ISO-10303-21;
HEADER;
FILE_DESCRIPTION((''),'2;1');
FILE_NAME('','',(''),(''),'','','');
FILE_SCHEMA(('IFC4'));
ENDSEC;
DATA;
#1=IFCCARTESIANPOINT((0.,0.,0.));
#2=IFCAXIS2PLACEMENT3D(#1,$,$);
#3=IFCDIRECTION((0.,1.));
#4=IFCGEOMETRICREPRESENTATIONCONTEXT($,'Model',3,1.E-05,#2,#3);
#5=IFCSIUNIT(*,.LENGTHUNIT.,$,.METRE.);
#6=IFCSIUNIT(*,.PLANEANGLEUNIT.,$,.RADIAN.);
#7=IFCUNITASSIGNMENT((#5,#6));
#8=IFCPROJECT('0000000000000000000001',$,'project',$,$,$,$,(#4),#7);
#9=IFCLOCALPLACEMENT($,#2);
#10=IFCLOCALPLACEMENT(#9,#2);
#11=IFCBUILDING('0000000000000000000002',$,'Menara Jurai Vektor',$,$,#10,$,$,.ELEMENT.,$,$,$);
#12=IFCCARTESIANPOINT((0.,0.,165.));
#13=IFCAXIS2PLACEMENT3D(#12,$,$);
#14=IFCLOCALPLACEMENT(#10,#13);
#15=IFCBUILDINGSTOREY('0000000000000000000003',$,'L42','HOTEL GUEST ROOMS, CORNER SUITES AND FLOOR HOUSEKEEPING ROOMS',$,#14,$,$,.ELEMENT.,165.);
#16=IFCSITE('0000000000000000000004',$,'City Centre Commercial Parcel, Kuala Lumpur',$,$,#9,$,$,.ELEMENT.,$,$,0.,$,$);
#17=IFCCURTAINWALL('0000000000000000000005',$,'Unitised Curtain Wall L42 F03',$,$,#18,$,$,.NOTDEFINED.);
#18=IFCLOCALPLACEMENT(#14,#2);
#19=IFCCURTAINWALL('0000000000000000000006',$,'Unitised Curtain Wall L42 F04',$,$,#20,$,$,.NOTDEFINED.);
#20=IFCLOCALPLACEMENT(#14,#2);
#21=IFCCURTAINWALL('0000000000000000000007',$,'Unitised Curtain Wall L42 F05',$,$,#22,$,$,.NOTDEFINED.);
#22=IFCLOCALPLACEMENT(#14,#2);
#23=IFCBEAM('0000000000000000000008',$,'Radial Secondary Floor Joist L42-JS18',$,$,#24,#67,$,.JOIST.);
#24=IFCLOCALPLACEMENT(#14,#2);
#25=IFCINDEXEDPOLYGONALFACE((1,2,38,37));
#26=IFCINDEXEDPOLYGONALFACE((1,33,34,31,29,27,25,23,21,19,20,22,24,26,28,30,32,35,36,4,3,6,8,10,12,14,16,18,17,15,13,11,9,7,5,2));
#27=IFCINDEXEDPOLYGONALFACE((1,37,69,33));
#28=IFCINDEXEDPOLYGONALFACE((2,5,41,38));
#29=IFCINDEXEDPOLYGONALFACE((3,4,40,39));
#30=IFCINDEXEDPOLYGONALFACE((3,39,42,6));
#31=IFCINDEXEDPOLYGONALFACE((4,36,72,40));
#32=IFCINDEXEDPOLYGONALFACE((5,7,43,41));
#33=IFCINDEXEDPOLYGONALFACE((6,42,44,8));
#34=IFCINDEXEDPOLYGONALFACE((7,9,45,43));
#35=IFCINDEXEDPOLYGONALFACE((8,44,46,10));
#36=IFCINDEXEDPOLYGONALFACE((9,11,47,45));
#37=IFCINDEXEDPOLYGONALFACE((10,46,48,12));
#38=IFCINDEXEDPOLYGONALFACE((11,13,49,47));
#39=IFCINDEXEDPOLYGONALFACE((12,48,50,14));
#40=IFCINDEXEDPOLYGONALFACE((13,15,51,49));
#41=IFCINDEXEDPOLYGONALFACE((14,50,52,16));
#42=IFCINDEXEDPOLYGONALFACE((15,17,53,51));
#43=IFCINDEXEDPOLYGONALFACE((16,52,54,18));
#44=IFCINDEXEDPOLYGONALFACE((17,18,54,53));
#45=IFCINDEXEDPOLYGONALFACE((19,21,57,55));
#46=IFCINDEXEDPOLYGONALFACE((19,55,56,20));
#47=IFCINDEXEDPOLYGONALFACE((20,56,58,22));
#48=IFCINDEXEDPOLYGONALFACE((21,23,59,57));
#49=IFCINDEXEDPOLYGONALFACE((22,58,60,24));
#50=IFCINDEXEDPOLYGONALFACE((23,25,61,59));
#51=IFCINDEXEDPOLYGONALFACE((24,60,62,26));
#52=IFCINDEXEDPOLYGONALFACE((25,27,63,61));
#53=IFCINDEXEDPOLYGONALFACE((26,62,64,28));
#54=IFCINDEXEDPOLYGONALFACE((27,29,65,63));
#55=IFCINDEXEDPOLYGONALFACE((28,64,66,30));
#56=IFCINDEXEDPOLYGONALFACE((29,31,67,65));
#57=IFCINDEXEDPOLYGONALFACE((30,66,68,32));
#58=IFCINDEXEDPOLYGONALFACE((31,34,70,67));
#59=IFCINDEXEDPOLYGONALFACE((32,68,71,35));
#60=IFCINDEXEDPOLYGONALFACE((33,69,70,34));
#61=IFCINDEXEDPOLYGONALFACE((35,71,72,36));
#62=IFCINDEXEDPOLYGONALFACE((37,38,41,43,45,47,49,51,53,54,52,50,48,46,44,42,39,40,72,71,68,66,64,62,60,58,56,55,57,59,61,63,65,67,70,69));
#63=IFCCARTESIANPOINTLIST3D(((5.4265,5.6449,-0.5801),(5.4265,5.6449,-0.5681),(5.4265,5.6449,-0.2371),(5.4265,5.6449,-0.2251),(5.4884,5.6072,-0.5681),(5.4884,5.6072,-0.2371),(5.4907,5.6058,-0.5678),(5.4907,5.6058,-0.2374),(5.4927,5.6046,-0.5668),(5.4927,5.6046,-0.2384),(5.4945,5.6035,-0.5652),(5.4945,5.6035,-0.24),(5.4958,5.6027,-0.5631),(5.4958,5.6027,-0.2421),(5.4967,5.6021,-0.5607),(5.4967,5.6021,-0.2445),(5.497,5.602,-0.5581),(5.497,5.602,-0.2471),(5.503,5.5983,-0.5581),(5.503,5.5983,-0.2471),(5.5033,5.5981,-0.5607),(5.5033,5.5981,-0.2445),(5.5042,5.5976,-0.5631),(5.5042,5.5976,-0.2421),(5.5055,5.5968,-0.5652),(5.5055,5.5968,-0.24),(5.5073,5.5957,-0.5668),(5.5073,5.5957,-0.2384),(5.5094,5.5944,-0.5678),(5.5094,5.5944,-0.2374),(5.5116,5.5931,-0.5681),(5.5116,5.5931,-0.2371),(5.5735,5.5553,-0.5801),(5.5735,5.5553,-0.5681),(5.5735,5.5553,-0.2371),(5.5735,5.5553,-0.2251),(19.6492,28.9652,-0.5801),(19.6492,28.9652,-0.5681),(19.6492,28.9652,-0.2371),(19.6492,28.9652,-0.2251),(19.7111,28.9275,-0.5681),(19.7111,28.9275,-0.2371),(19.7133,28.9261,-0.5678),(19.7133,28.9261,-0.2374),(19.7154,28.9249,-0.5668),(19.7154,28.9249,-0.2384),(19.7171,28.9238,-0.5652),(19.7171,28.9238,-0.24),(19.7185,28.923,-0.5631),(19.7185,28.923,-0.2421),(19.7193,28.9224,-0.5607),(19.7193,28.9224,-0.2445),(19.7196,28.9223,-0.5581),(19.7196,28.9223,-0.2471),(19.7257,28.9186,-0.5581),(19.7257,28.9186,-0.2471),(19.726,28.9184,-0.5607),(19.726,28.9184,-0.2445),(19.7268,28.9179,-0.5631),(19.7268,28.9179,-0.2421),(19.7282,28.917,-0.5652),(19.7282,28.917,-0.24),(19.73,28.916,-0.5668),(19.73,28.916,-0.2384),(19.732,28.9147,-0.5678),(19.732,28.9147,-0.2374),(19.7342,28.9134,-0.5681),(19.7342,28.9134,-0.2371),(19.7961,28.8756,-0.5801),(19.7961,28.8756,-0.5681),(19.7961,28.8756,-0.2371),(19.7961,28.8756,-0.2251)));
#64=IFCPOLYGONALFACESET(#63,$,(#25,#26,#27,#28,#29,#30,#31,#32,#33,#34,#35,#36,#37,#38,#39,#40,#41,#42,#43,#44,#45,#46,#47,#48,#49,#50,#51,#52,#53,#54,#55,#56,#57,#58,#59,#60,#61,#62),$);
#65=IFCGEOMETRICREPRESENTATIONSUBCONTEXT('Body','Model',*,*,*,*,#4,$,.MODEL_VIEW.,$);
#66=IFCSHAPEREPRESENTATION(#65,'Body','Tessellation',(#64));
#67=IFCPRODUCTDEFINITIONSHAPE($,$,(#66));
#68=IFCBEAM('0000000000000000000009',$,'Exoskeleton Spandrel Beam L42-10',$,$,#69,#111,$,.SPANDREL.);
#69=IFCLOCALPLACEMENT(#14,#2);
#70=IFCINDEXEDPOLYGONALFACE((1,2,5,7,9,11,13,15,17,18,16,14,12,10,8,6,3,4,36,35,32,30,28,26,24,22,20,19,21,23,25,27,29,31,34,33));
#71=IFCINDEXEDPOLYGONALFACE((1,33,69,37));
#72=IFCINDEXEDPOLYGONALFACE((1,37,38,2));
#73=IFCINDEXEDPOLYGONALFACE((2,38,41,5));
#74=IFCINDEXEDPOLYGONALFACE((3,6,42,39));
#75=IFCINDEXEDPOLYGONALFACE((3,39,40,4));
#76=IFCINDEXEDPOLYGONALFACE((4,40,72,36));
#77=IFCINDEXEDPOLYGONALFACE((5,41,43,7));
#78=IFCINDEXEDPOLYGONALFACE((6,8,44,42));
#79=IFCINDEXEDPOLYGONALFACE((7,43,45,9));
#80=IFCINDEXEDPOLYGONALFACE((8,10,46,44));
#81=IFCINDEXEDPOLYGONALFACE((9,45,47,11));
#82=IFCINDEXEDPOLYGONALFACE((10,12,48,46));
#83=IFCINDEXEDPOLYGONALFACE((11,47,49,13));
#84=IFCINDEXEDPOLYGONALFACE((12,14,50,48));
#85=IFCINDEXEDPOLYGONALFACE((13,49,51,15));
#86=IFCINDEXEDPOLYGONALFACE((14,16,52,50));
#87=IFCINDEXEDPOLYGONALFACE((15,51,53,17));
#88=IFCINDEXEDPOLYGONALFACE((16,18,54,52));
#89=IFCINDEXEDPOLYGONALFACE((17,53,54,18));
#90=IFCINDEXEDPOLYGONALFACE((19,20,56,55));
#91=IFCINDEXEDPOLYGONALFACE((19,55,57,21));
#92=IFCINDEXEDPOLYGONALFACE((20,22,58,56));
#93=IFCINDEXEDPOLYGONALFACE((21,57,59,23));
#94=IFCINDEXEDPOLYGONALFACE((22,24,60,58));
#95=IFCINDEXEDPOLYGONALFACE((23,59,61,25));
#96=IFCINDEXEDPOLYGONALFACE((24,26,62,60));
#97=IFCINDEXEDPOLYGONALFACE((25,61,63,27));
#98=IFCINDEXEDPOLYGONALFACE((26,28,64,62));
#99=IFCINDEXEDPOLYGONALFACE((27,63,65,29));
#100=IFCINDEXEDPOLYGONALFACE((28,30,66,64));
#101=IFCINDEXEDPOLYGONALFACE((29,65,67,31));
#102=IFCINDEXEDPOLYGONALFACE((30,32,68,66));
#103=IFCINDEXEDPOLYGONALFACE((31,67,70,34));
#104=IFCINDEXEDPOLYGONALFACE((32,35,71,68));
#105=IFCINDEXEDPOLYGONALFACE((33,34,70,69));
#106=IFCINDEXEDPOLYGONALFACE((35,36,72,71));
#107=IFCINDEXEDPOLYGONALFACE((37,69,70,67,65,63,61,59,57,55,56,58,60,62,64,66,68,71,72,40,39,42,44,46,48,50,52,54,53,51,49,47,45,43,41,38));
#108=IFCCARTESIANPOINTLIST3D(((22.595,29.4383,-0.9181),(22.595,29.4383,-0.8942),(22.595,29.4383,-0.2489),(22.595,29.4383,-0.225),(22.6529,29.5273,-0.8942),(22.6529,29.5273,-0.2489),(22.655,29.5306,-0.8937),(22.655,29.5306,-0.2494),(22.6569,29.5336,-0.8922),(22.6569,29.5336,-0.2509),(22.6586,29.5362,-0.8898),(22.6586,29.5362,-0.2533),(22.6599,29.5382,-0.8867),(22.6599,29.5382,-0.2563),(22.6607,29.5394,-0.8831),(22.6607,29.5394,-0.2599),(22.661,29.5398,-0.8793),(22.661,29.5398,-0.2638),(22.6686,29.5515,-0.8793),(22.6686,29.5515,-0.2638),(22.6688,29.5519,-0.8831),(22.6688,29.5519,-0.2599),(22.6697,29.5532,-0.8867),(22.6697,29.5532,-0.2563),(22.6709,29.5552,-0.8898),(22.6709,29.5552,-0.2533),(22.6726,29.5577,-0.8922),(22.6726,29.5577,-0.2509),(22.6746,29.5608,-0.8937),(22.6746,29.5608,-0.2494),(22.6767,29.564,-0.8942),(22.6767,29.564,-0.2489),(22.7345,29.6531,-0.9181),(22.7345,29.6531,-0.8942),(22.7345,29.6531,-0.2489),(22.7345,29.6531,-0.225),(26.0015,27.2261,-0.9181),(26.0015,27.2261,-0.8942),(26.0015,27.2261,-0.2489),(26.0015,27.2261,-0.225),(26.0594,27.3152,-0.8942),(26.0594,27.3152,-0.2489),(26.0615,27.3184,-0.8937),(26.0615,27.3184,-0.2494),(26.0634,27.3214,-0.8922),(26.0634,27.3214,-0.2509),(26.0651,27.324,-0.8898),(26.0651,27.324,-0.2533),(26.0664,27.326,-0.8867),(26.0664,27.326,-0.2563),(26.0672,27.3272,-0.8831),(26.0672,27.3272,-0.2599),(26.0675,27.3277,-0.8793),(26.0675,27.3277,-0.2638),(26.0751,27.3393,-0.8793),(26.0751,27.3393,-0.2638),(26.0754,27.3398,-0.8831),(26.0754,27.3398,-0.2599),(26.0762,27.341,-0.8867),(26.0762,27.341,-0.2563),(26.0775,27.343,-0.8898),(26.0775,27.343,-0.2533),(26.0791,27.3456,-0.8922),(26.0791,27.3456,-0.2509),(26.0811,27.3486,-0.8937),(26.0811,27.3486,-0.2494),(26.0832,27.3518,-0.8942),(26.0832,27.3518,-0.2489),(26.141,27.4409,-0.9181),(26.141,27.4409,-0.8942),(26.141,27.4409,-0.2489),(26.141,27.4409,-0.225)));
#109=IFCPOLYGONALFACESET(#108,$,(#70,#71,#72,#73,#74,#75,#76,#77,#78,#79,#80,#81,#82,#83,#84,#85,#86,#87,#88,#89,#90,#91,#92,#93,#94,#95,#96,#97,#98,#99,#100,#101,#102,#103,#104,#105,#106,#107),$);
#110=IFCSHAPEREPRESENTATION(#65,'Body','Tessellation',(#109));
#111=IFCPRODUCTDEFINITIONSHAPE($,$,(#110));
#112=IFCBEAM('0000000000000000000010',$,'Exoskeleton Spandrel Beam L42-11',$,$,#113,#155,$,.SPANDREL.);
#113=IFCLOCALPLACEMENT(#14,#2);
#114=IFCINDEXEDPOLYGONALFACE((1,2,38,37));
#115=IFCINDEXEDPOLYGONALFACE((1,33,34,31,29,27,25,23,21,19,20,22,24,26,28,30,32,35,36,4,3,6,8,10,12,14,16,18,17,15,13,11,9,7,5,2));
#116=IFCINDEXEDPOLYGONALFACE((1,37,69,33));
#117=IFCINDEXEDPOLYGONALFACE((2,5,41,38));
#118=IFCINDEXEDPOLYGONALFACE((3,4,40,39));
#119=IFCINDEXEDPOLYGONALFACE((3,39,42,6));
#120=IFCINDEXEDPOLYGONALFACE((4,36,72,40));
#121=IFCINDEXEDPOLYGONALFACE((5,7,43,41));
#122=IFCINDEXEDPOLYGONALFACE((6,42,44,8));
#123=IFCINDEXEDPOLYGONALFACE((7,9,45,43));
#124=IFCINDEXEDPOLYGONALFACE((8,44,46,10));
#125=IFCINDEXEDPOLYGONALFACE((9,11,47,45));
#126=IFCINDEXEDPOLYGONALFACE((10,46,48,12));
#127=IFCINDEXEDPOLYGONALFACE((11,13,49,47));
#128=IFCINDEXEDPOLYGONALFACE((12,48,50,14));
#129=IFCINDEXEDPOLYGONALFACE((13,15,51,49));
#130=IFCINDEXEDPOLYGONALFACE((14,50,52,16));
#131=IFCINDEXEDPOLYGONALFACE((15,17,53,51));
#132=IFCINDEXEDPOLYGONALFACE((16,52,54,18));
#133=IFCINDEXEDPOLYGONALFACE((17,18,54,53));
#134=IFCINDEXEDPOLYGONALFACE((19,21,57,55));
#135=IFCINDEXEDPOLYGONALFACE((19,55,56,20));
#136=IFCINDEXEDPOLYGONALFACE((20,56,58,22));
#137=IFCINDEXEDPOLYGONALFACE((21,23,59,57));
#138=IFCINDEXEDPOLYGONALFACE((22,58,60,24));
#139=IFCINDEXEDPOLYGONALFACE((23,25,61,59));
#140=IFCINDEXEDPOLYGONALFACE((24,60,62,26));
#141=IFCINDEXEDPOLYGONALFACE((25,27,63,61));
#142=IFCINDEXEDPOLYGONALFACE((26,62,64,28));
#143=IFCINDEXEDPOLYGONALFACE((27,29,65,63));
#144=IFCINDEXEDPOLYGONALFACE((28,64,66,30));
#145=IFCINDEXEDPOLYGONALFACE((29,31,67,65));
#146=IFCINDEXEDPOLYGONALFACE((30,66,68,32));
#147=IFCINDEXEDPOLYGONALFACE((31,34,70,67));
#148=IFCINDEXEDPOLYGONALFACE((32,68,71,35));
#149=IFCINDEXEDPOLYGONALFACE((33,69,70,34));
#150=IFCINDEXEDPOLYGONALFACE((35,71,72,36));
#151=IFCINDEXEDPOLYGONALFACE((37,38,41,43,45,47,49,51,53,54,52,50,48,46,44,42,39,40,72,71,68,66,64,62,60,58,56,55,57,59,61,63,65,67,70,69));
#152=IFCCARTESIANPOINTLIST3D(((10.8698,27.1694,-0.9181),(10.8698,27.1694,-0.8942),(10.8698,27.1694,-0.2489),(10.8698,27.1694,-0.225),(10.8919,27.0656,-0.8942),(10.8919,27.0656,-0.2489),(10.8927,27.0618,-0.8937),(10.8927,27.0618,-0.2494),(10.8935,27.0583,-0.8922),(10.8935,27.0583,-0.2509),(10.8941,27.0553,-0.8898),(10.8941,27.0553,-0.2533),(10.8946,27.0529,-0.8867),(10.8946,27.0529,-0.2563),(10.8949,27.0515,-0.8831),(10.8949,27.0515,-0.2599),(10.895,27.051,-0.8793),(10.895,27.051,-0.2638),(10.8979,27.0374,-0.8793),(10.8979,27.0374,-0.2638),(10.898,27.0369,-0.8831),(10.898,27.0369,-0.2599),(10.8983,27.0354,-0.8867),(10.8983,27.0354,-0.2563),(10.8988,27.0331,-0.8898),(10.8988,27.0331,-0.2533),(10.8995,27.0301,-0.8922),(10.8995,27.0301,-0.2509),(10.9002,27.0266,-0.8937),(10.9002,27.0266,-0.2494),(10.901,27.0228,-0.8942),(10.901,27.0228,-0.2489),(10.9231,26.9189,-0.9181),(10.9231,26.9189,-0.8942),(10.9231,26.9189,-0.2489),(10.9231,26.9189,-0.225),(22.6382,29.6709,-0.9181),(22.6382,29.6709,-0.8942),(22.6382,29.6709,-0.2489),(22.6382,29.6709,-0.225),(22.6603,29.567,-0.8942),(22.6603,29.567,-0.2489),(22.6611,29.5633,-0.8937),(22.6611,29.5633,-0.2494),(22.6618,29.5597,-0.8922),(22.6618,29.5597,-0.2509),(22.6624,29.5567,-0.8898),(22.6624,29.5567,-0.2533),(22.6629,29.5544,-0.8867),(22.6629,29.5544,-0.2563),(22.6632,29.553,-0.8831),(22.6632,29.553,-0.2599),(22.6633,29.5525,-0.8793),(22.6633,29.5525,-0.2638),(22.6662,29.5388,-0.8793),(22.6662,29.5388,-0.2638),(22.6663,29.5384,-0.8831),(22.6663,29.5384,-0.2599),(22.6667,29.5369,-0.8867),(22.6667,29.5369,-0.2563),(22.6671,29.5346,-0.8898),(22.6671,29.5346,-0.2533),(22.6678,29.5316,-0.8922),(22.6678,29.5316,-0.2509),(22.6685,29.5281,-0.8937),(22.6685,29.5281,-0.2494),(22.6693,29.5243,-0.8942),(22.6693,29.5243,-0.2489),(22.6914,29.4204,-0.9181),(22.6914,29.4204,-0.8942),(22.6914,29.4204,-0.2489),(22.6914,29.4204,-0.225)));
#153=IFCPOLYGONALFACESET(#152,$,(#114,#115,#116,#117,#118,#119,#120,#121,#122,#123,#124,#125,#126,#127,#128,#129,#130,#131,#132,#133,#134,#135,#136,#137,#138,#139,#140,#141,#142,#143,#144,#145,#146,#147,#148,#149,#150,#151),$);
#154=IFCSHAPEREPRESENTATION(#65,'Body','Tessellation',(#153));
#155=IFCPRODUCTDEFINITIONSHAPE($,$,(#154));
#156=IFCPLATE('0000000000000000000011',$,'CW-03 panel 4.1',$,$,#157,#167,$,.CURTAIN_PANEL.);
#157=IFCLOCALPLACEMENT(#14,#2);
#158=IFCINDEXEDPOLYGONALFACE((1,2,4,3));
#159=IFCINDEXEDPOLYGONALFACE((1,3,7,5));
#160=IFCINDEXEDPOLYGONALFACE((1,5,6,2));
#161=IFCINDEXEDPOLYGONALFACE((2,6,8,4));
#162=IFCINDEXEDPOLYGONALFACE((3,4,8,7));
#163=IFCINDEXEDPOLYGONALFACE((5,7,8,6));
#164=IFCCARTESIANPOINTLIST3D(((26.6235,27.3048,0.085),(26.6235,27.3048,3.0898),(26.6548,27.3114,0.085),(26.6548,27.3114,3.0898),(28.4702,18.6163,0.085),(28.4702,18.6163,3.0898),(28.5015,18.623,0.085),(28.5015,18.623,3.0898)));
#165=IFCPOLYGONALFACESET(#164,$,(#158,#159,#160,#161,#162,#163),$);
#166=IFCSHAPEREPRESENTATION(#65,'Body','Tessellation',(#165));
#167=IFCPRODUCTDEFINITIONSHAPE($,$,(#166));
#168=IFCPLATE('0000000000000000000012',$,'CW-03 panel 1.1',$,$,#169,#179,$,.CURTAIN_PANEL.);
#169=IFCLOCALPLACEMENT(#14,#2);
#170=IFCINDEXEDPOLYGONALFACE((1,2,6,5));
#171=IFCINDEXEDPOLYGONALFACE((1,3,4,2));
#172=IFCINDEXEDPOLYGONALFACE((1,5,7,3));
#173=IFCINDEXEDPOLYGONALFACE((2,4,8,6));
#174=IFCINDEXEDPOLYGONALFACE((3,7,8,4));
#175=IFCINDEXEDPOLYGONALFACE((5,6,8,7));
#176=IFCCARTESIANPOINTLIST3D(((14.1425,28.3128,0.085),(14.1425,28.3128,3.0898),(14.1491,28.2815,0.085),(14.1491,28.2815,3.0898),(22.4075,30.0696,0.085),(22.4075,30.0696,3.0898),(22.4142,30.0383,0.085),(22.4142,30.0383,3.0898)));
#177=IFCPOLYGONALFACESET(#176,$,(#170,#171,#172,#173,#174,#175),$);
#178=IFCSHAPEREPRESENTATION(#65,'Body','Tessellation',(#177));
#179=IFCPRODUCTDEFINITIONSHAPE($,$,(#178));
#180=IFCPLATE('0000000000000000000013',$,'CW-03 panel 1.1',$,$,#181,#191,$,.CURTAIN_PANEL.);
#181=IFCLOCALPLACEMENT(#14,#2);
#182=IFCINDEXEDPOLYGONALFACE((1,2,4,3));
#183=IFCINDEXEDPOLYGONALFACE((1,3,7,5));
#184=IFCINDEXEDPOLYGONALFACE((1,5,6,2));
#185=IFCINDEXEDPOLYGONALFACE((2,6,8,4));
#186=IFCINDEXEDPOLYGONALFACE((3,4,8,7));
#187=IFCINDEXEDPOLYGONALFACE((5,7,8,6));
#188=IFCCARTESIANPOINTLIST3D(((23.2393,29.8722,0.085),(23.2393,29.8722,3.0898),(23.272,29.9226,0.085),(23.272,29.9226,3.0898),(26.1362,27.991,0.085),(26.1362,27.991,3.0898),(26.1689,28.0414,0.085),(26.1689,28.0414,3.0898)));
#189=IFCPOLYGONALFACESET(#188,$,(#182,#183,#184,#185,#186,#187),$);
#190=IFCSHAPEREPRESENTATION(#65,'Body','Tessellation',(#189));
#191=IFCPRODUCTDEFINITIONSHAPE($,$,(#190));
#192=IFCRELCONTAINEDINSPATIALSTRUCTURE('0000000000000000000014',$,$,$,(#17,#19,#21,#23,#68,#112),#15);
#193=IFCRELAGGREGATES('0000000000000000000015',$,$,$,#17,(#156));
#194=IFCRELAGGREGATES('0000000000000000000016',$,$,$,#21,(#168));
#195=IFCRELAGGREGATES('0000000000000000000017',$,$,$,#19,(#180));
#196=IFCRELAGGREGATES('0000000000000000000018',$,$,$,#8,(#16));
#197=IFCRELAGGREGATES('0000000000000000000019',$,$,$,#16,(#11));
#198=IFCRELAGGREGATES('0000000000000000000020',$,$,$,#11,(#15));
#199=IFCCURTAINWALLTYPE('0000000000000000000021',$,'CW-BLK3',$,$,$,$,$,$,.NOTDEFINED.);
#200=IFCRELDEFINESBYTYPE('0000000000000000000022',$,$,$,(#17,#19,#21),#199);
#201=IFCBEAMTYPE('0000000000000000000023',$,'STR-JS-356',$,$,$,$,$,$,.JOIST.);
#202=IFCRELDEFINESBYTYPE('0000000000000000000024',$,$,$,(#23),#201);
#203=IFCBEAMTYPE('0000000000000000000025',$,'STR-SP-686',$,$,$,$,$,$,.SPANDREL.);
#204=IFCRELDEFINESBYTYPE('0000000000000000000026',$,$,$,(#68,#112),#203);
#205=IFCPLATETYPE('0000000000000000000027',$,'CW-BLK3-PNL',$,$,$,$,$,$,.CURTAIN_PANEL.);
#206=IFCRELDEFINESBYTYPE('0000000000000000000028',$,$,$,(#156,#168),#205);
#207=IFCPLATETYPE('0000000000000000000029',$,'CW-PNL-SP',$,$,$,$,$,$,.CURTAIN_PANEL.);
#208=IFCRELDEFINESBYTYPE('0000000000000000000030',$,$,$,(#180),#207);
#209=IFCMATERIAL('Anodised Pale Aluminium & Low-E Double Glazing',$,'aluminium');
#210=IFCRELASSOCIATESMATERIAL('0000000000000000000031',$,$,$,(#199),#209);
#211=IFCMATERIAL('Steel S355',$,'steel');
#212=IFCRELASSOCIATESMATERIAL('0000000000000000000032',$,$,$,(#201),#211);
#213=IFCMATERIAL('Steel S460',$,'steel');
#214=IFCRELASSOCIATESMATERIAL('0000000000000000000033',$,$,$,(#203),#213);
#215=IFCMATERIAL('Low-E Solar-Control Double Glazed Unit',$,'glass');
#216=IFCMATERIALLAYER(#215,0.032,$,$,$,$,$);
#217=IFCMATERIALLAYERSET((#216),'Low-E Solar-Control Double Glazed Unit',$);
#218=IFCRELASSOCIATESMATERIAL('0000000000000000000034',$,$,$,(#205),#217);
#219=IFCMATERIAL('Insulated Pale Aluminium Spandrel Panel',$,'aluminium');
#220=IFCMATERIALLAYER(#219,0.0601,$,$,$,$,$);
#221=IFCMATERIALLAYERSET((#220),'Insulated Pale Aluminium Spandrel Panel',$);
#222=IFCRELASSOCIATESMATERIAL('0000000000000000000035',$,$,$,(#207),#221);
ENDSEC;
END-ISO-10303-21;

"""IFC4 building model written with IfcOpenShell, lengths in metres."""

from ifc_helpers import new_model, si_unit, direction, frame, origin, origin_2d, place, context, subcontext, project, spatial, rectangle, i_section, extrude, material, layer, layer_set, material_profile, profile_set, type_object, element, aggregate, save


model = new_model("IFC4")

# Units and contexts
model_context = context("Model", 3, precision=1e-05, world=origin(), true_north=direction((0.0, 1.0)))
body_context = subcontext(model_context, "Body", "Model", "MODEL_VIEW")
ifc_project = project(units=[si_unit("LENGTHUNIT", "METRE"), si_unit("PLANEANGLEUNIT", "RADIAN")], contexts=[model_context])

# Site, building, storey
site_placement = place(None, origin())
site = spatial("IfcSite", under=ifc_project, at=site_placement, Name="City Centre Commercial Parcel, Kuala Lumpur", CompositionType="ELEMENT", RefElevation=0.0)
building_placement = place(site_placement, origin())
building = spatial("IfcBuilding", under=site, at=building_placement, Name="Menara Jurai Vektor", CompositionType="ELEMENT")
storey_placement = place(building_placement, frame((0.0, 0.0, 165.0)))
storey = spatial("IfcBuildingStorey", under=building, at=storey_placement, Name="L42", Description="HOTEL GUEST ROOMS, CORNER SUITES AND FLOOR HOUSEKEEPING ROOMS", CompositionType="ELEMENT", Elevation=165.0)

# Shared definitions
ifc_material_1 = material(Name="Steel S460", Category="steel")

# Curtain walls
ifc_material_2 = material(Name="Anodised Pale Aluminium & Low-E Double Glazing", Category="aluminium")
curtain_wall_type = type_object("IfcCurtainWallType", Name="CW-BLK3", PredefinedType="NOTDEFINED", material=ifc_material_2)
curtain_wall_1_placement = place(storey_placement, origin())
curtain_wall_1 = element("IfcCurtainWall", 1, at=curtain_wall_1_placement, inside=storey, type_object=curtain_wall_type, Name="Unitised Curtain Wall L42 F03", PredefinedType="NOTDEFINED")
curtain_wall_2_placement = place(storey_placement, origin())
curtain_wall_2 = element("IfcCurtainWall", 2, at=curtain_wall_2_placement, inside=storey, type_object=curtain_wall_type, Name="Unitised Curtain Wall L42 F04", PredefinedType="NOTDEFINED")

# Curtain wall
curtain_wall_3_placement = place(storey_placement, origin())
curtain_wall_3 = element("IfcCurtainWall", 3, at=curtain_wall_3_placement, inside=storey, type_object=curtain_wall_type, Name="Unitised Curtain Wall L42 F05", PredefinedType="NOTDEFINED")

# Shared definitions
ifc_material_3 = material(Name="Steel S355", Category="steel")

# Beams
ifc_material_profile_1 = material_profile(ifc_material_3, i_section(OverallWidth=0.1721, OverallDepth=0.355, WebThickness=0.0071, FlangeThickness=0.012, FilletRadius=0.01, at=origin_2d()), Name="UKB 356x171x51")
ifc_profile_set_1 = profile_set([ifc_material_profile_1], Name="Steel S355")
beam_type_1 = type_object("IfcBeamType", Name="STR-JS-356", PredefinedType="JOIST", material=ifc_profile_set_1)
beam_1_placement = place(storey_placement, frame((19.7227, 28.9204, -0.4026), z_axis=(-0.520686, -0.853748, 0.0), x_axis=(0.853748, -0.520686, 0.0)))
element("IfcBeam", 4, at=beam_1_placement, inside=storey, type_object=beam_type_1, Name="Radial Secondary Floor Joist L42-JS18", PredefinedType="JOIST", context=body_context, shape_type="SweptSolid", body=[
    extrude(i_section(OverallWidth=0.1721, OverallDepth=0.355, WebThickness=0.0071, FlangeThickness=0.012, FilletRadius=0.01, at=origin_2d()), origin(), (0.0, 0.0, 1.0), 27.3152),
])
ifc_material_profile_2 = material_profile(ifc_material_1, i_section(OverallWidth=0.2561, OverallDepth=0.6931, WebThickness=0.0139, FlangeThickness=0.0239, FilletRadius=0.0149, at=origin_2d()), Name="UKB 686x254x170")
ifc_profile_set_2 = profile_set([ifc_material_profile_2], Name="Steel S460")
beam_type_2 = type_object("IfcBeamType", Name="STR-SP-686", PredefinedType="SPANDREL", material=ifc_profile_set_2)
beam_2_placement = place(storey_placement, frame((26.0713, 27.3335, -0.5715), z_axis=(-0.838676, 0.544631, 0.0), x_axis=(-0.544631, -0.838676, 0.0)))
element("IfcBeam", 5, at=beam_2_placement, inside=storey, type_object=beam_type_2, Name="Exoskeleton Spandrel Beam L42-10", PredefinedType="SPANDREL", context=body_context, shape_type="SweptSolid", body=[
    extrude(i_section(OverallWidth=0.2561, OverallDepth=0.6931, WebThickness=0.0139, FlangeThickness=0.0239, FilletRadius=0.0149, at=origin_2d()), origin(), (0.0, 0.0, 1.0), 4.0618),
])
beam_3_placement = place(storey_placement, frame((22.6648, 29.5457, -0.5715), z_axis=(-0.978147, -0.207914, 0.0), x_axis=(0.207914, -0.978147, 0.0)))
element("IfcBeam", 6, at=beam_3_placement, inside=storey, type_object=beam_type_2, Name="Exoskeleton Spandrel Beam L42-11", PredefinedType="SPANDREL", context=body_context, shape_type="SweptSolid", body=[
    extrude(i_section(OverallWidth=0.2561, OverallDepth=0.6931, WebThickness=0.0139, FlangeThickness=0.0239, FilletRadius=0.0149, at=origin_2d()), origin(), (0.0, 0.0, 1.0), 12.0312),
])

# Plates
ifc_material_4 = material(Name="Low-E Solar-Control Double Glazed Unit", Category="glass")
ifc_layer_1 = layer(ifc_material_4, 0.032)
ifc_layer_set_1 = layer_set([ifc_layer_1], Name="Low-E Solar-Control Double Glazed Unit")
plate_type_1 = type_object("IfcPlateType", Name="CW-BLK3-PNL", PredefinedType="CURTAIN_PANEL", material=ifc_layer_set_1)
plate_1_placement = place(storey_placement, frame((27.5625, 22.9639, 0.085), z_axis=(0.0, 0.0, 1.0), x_axis=(-0.20791, 0.978148, 0.0)))
plate_1 = element("IfcPlate", 7, at=plate_1_placement, type_object=plate_type_1, Name="CW-03 panel 4.1", PredefinedType="CURTAIN_PANEL", context=body_context, shape_type="SweptSolid", body=[
    extrude(rectangle(XDim=8.8826, YDim=0.032, at=origin_2d()), origin(), (0.0, 0.0, 1.0), 3.0049),
])
aggregate(curtain_wall_1, [plate_1])
plate_2_placement = place(storey_placement, frame((18.2783, 29.1755, 0.085), z_axis=(0.0, 0.0, 1.0), x_axis=(-0.978148, -0.207911, 0.0)))
plate_2 = element("IfcPlate", 8, at=plate_2_placement, type_object=plate_type_1, Name="CW-03 panel 1.1", PredefinedType="CURTAIN_PANEL", context=body_context, shape_type="SweptSolid", body=[
    extrude(rectangle(XDim=8.4497, YDim=0.032, at=origin_2d()), origin(), (0.0, 0.0, 1.0), 3.0049),
])
aggregate(curtain_wall_3, [plate_2])
ifc_material_5 = material(Name="Insulated Pale Aluminium Spandrel Panel", Category="aluminium")
ifc_layer_2 = layer(ifc_material_5, 0.0601)
ifc_layer_set_2 = layer_set([ifc_layer_2], Name="Insulated Pale Aluminium Spandrel Panel")
plate_type_2 = type_object("IfcPlateType", Name="CW-PNL-SP", PredefinedType="CURTAIN_PANEL", material=ifc_layer_set_2)
plate_3_placement = place(storey_placement, frame((24.7041, 28.9568, 0.085), z_axis=(0.0, 0.0, 1.0), x_axis=(-0.838684, 0.544618, 0.0)))
plate_3 = element("IfcPlate", 9, at=plate_3_placement, type_object=plate_type_2, Name="CW-03 panel 1.1", PredefinedType="CURTAIN_PANEL", context=body_context, shape_type="SweptSolid", body=[
    extrude(rectangle(XDim=3.4541, YDim=0.0601, at=origin_2d()), origin(), (0.0, 0.0, 1.0), 3.0049),
])
aggregate(curtain_wall_2, [plate_3])

save(model, "model.ifc")
